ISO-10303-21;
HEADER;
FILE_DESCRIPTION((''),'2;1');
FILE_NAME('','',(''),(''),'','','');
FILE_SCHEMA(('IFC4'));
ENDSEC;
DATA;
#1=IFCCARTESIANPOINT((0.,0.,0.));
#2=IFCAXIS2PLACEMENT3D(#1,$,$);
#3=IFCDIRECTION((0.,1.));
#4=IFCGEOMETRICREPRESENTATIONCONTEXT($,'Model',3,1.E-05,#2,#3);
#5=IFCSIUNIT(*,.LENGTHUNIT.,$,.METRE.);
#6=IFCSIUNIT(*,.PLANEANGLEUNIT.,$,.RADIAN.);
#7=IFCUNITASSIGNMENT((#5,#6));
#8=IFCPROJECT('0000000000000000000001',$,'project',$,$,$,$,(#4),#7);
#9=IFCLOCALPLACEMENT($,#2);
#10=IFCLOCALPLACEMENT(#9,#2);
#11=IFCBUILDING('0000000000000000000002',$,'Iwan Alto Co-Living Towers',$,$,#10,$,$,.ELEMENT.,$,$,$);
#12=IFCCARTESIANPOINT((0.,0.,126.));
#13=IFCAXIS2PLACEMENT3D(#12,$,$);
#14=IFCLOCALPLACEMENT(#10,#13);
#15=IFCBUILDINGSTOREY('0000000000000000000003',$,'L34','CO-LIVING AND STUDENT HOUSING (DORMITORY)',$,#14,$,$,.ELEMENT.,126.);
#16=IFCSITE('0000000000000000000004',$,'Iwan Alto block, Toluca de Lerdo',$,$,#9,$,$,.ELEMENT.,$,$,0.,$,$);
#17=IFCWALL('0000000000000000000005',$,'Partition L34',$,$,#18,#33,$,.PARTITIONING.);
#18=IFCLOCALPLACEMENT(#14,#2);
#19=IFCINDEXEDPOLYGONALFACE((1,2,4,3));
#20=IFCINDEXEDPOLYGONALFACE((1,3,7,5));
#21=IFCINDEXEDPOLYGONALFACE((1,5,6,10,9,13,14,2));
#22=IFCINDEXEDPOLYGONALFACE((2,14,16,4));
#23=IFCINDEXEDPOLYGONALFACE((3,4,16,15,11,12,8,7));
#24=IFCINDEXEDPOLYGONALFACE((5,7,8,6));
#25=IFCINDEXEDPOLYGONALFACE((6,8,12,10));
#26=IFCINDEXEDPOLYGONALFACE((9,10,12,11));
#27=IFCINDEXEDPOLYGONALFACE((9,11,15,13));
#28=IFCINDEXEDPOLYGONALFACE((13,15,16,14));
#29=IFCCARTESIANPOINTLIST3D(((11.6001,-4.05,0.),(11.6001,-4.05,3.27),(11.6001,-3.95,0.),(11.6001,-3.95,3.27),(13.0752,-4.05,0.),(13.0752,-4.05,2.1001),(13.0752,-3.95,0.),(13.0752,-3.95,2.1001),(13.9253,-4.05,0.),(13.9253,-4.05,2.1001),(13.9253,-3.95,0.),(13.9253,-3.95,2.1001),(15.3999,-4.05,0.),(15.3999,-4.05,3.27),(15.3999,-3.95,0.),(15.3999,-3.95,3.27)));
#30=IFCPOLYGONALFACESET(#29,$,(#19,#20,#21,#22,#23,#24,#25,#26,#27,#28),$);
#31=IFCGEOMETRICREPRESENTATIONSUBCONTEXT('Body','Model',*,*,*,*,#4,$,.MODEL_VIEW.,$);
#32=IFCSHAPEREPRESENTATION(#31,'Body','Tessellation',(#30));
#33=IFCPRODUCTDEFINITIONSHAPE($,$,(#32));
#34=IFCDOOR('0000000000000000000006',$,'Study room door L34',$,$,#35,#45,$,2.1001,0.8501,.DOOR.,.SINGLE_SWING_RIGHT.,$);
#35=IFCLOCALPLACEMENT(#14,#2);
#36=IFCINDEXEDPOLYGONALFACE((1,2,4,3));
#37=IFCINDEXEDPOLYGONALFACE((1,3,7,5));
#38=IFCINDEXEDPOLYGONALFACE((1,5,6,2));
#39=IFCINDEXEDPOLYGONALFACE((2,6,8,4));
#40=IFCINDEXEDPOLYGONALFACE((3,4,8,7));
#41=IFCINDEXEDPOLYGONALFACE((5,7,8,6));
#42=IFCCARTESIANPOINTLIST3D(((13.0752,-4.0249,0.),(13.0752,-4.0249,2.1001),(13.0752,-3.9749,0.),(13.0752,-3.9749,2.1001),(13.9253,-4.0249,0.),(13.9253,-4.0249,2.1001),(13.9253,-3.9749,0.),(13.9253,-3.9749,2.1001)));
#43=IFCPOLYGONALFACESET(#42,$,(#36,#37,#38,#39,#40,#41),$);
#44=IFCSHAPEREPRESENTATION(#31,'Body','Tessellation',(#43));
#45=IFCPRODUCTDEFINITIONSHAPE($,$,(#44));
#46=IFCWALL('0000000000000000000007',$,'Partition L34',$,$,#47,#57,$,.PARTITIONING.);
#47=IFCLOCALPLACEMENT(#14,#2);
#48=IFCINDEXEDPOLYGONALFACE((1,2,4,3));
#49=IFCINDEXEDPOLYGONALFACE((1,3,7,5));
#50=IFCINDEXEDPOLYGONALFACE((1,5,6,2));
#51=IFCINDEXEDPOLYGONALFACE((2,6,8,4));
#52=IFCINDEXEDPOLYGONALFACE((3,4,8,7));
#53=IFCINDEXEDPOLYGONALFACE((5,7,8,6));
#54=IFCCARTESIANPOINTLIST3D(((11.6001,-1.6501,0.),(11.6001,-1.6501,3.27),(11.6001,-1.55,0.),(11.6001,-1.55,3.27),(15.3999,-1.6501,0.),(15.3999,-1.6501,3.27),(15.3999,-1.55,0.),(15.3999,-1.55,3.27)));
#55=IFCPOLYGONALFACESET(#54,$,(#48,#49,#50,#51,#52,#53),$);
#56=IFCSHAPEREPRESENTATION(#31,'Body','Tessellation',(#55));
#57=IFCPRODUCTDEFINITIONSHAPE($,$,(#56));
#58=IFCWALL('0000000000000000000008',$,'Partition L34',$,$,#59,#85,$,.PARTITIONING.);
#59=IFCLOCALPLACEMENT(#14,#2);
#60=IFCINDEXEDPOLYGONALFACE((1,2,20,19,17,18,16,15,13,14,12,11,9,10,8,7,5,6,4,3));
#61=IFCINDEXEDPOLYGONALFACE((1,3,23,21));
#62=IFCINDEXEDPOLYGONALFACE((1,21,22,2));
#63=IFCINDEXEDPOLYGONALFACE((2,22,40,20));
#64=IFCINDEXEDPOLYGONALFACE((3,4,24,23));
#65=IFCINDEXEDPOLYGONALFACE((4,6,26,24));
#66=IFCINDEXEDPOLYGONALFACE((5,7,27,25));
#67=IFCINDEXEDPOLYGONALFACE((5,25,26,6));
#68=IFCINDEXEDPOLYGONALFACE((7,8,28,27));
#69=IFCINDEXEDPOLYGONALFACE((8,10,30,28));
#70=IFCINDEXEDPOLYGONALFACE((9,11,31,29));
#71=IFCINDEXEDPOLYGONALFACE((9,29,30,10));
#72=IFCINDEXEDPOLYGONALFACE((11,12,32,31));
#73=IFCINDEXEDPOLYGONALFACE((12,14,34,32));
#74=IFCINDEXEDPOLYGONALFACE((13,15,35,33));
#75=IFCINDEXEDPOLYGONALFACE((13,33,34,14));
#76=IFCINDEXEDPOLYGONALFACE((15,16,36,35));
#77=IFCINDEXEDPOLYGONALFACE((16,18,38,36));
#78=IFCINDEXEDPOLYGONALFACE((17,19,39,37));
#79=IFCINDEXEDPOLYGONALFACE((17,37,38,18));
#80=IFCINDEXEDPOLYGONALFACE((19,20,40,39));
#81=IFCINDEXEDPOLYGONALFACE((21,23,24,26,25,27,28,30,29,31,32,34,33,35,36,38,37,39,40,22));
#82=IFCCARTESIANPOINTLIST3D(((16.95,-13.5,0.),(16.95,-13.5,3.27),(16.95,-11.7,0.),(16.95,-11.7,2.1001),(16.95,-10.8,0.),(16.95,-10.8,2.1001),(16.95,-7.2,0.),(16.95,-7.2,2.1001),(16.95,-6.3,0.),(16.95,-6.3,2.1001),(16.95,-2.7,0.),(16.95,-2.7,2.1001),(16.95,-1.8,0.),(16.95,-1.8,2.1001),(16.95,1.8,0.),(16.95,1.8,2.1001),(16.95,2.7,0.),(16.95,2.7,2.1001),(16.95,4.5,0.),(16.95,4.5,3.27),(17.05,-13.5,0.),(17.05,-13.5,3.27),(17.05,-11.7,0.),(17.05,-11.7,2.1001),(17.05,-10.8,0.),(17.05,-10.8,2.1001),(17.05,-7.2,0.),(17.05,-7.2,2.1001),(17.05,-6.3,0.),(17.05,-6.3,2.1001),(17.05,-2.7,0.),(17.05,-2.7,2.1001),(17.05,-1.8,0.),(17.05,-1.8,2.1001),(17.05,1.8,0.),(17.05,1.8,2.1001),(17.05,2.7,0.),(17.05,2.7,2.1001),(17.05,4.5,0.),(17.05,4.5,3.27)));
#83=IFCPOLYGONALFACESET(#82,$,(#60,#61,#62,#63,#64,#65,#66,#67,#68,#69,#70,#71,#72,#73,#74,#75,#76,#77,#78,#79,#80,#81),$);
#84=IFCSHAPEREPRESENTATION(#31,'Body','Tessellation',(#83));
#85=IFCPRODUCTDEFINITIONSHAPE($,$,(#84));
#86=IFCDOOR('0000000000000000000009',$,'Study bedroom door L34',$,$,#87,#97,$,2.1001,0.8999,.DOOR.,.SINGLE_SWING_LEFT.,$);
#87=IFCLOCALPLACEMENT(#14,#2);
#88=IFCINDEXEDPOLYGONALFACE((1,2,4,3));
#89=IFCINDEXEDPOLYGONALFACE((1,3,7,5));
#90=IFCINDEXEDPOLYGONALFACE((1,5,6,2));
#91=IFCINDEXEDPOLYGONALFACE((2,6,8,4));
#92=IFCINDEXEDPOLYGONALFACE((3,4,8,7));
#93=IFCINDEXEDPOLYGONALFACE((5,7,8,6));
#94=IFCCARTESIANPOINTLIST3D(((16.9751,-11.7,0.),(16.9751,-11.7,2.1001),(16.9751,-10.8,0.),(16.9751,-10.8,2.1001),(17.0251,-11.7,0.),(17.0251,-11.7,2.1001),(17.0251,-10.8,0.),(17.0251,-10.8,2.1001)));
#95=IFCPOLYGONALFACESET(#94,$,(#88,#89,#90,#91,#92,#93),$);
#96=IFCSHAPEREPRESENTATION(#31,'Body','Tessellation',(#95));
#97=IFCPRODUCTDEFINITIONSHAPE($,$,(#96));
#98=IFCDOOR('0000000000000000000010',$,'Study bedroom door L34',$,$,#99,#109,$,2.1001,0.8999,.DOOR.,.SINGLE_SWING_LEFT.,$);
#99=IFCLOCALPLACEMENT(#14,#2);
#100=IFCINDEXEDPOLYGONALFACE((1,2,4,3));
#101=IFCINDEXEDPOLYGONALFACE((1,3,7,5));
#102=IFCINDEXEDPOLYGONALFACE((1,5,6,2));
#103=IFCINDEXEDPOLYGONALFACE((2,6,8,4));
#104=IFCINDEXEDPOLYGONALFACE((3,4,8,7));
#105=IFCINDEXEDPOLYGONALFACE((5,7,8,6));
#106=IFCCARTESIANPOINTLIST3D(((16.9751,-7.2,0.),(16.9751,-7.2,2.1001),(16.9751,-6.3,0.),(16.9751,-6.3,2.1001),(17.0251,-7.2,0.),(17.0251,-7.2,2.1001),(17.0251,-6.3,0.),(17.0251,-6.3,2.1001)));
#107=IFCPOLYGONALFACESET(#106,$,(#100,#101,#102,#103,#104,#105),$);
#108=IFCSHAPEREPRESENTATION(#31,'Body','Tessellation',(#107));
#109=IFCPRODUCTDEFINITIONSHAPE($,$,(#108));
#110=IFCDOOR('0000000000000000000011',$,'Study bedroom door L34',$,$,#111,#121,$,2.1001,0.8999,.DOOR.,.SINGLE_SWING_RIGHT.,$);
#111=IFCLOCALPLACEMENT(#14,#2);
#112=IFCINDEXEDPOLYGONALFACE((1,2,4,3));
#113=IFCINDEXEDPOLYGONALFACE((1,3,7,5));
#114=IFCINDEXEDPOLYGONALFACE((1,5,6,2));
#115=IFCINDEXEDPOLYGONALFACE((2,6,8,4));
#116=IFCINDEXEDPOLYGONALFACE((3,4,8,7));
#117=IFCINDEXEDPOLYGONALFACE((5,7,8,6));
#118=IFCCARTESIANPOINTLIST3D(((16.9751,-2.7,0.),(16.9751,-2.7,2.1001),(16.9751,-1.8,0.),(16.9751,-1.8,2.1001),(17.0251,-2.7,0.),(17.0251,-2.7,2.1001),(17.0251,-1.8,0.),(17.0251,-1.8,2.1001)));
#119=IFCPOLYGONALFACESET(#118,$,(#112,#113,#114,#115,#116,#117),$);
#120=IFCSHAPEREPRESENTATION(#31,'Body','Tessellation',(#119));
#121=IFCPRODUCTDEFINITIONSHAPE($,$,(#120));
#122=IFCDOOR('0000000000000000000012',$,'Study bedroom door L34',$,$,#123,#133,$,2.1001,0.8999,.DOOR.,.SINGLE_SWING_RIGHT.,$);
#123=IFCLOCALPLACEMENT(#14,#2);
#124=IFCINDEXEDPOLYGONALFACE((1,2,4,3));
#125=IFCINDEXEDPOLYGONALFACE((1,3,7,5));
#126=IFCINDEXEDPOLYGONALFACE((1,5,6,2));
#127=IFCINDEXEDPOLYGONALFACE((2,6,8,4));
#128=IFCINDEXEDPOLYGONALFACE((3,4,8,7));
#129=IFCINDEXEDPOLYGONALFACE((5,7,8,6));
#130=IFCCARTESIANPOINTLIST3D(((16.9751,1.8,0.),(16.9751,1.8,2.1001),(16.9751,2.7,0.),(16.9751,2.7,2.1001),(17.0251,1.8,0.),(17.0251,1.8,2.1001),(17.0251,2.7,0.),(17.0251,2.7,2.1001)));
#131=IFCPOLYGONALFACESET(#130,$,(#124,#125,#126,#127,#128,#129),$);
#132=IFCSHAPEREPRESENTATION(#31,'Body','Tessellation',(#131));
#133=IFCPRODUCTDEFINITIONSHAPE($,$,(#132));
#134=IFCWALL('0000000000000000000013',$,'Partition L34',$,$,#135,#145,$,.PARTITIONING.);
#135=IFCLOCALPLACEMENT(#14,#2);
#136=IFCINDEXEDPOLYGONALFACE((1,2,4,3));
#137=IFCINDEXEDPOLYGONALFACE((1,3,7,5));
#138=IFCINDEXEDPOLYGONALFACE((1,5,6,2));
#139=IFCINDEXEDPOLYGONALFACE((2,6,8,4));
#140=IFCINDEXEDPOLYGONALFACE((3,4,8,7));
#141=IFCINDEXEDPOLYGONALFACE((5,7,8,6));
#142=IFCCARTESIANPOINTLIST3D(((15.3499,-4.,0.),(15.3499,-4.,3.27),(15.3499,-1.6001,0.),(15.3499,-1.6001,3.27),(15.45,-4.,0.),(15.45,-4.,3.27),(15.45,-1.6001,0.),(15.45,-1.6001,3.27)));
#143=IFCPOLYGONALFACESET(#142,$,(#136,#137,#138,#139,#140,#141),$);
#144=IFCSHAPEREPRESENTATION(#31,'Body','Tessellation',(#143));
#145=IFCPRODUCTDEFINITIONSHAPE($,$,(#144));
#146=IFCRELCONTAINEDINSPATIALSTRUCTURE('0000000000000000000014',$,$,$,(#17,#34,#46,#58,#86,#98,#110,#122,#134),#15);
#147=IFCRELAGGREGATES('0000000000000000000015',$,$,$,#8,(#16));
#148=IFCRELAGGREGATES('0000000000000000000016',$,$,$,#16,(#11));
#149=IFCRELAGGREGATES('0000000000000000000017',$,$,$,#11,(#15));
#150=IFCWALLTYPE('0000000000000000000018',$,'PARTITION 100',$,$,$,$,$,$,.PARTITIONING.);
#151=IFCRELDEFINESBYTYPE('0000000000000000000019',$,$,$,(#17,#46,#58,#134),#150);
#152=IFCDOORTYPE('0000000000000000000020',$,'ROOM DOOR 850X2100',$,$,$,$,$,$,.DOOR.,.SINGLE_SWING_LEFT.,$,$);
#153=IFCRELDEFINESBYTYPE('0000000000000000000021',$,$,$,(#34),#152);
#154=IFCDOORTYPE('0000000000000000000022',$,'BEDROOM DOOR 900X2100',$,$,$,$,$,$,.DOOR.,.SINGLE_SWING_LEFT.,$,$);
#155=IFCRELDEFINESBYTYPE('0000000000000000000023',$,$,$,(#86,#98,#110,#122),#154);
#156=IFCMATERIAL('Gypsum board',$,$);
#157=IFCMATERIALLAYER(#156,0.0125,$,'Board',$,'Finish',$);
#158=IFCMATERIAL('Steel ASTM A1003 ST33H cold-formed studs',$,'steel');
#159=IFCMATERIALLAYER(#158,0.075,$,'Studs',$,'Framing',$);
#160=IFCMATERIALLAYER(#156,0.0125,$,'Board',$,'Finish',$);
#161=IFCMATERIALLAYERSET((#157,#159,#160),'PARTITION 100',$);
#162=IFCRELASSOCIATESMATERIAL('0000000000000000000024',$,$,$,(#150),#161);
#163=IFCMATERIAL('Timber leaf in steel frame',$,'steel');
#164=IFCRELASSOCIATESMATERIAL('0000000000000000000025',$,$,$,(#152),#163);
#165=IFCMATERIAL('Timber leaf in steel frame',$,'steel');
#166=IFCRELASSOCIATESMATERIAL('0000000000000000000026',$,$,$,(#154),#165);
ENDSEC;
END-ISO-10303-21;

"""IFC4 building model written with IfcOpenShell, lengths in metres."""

from ifc_helpers import new_model, si_unit, direction, frame, frame_2d, origin, place, context, subcontext, project, spatial, rectangle, extrude, material, layer, layer_set, type_object, element, fill, save


model = new_model("IFC4")

# Units and contexts
model_context = context("Model", 3, precision=1e-05, world=origin(), true_north=direction((0.0, 1.0)))
body_context = subcontext(model_context, "Body", "Model", "MODEL_VIEW")
ifc_project = project(units=[si_unit("LENGTHUNIT", "METRE"), si_unit("PLANEANGLEUNIT", "RADIAN")], contexts=[model_context])

# Site, building, storey
site_placement = place(None, origin())
site = spatial("IfcSite", under=ifc_project, at=site_placement, Name="Iwan Alto block, Toluca de Lerdo", CompositionType="ELEMENT", RefElevation=0.0)
building_placement = place(site_placement, origin())
building = spatial("IfcBuilding", under=site, at=building_placement, Name="Iwan Alto Co-Living Towers", CompositionType="ELEMENT")
storey_placement = place(building_placement, frame((0.0, 0.0, 126.0)))
storey = spatial("IfcBuildingStorey", under=building, at=storey_placement, Name="L34", Description="CO-LIVING AND STUDENT HOUSING (DORMITORY)", CompositionType="ELEMENT", Elevation=126.0)

# Shared definitions
ifc_material_1 = material(Name="Gypsum board")
ifc_material_2 = material(Name="Steel ASTM A1003 ST33H cold-formed studs", Category="steel")

# Shared definitions
ifc_layer_1 = layer(ifc_material_1, 0.0125, Name="Board", Category="Finish")
ifc_layer_2 = layer(ifc_material_2, 0.075, Name="Studs", Category="Framing")
ifc_layer_3 = layer(ifc_material_1, 0.0125, Name="Board", Category="Finish")
ifc_layer_set_1 = layer_set([ifc_layer_1, ifc_layer_2, ifc_layer_3], Name="PARTITION 100")
wall_type_1 = type_object("IfcWallType", Name="PARTITION 100", PredefinedType="PARTITIONING", material=ifc_layer_set_1)
ifc_material_3 = material(Name="Timber leaf in steel frame", Category="steel")
door_type_1 = type_object("IfcDoorType", Name="ROOM DOOR 850X2100", OperationType="SINGLE_SWING_LEFT", PredefinedType="DOOR", material=ifc_material_3)

# Wall, opening, door
wall_1_placement = place(storey_placement, frame((11.6001, -4.0, 0.0), z_axis=(0.0, 0.0, 1.0), x_axis=(1.0, 0.0, 0.0)))
wall_1 = element("IfcWall", 1, at=wall_1_placement, inside=storey, type_object=wall_type_1, Name="Partition L34", PredefinedType="PARTITIONING", context=body_context, shape_type="SweptSolid", body=[
    extrude(rectangle(XDim=3.7998, YDim=0.1001, at=frame_2d((1.8999, 0.0))), origin(), (0.0, 0.0, 1.0), 3.27),
])
opening_1_placement = place(wall_1_placement, frame((1.4751, 0.0, 0.0)))
opening_1 = element("IfcOpeningElement", 2, at=opening_1_placement, cuts=wall_1, PredefinedType="OPENING", context=body_context, shape_type="SweptSolid", body=[
    extrude(rectangle(XDim=0.8501, YDim=2.1001, at=frame_2d((0.425, 1.05))), frame((0.0, 0.0601, 0.0), z_axis=(0.0, -1.0, 0.0), x_axis=(1.0, 0.0, 0.0)), (0.0, 0.0, 1.0), 0.1201),
])
door_1_placement = place(opening_1_placement, frame((0.8501, 0.0, 0.0), z_axis=(0.0, 0.0, 1.0), x_axis=(-1.0, 0.0, 0.0)))
door_1 = element("IfcDoor", 3, at=door_1_placement, inside=storey, type_object=door_type_1, Name="Study room door L34", OperationType="SINGLE_SWING_RIGHT", OverallHeight=2.1001, OverallWidth=0.8501, PredefinedType="DOOR", context=body_context, shape_type="SweptSolid", body=[
    extrude(rectangle(XDim=0.8501, YDim=2.1001, at=frame_2d((0.425, 1.05))), frame((0.0, 0.0249, 0.0), z_axis=(0.0, -1.0, 0.0), x_axis=(1.0, 0.0, 0.0)), (0.0, 0.0, 1.0), 0.05),
])
fill(opening_1, door_1)

# Wall
wall_2_placement = place(storey_placement, frame((11.6001, -1.6001, 0.0), z_axis=(0.0, 0.0, 1.0), x_axis=(1.0, 0.0, 0.0)))
element("IfcWall", 4, at=wall_2_placement, inside=storey, type_object=wall_type_1, Name="Partition L34", PredefinedType="PARTITIONING", context=body_context, shape_type="SweptSolid", body=[
    extrude(rectangle(XDim=3.7998, YDim=0.1001, at=frame_2d((1.8999, 0.0))), origin(), (0.0, 0.0, 1.0), 3.27),
])

# Wall, openings, doors
wall_3_placement = place(storey_placement, frame((17.0, -13.5, 0.0), z_axis=(0.0, 0.0, 1.0), x_axis=(0.0, 1.0, 0.0)))
wall_3 = element("IfcWall", 5, at=wall_3_placement, inside=storey, type_object=wall_type_1, Name="Partition L34", PredefinedType="PARTITIONING", context=body_context, shape_type="SweptSolid", body=[
    extrude(rectangle(XDim=18.0, YDim=0.1001, at=frame_2d((9.0, 0.0))), origin(), (0.0, 0.0, 1.0), 3.27),
])
opening_2_placement = place(wall_3_placement, frame((1.8, 0.0, 0.0)))
opening_2 = element("IfcOpeningElement", 6, at=opening_2_placement, cuts=wall_3, PredefinedType="OPENING", context=body_context, shape_type="SweptSolid", body=[
    extrude(rectangle(XDim=0.8999, YDim=2.1001, at=frame_2d((0.45, 1.05))), frame((0.0, 0.0601, 0.0), z_axis=(0.0, -1.0, 0.0), x_axis=(1.0, 0.0, 0.0)), (0.0, 0.0, 1.0), 0.1201),
])
opening_3_placement = place(wall_3_placement, frame((6.3, 0.0, 0.0)))
opening_3 = element("IfcOpeningElement", 7, at=opening_3_placement, cuts=wall_3, PredefinedType="OPENING", context=body_context, shape_type="SweptSolid", body=[
    extrude(rectangle(XDim=0.8999, YDim=2.1001, at=frame_2d((0.45, 1.05))), frame((0.0, 0.0601, 0.0), z_axis=(0.0, -1.0, 0.0), x_axis=(1.0, 0.0, 0.0)), (0.0, 0.0, 1.0), 0.1201),
])
opening_4_placement = place(wall_3_placement, frame((10.8, 0.0, 0.0)))
opening_4 = element("IfcOpeningElement", 8, at=opening_4_placement, cuts=wall_3, PredefinedType="OPENING", context=body_context, shape_type="SweptSolid", body=[
    extrude(rectangle(XDim=0.8999, YDim=2.1001, at=frame_2d((0.45, 1.05))), frame((0.0, 0.0601, 0.0), z_axis=(0.0, -1.0, 0.0), x_axis=(1.0, 0.0, 0.0)), (0.0, 0.0, 1.0), 0.1201),
])
opening_5_placement = place(wall_3_placement, frame((15.3, 0.0, 0.0)))
opening_5 = element("IfcOpeningElement", 9, at=opening_5_placement, cuts=wall_3, PredefinedType="OPENING", context=body_context, shape_type="SweptSolid", body=[
    extrude(rectangle(XDim=0.8999, YDim=2.1001, at=frame_2d((0.45, 1.05))), frame((0.0, 0.0601, 0.0), z_axis=(0.0, -1.0, 0.0), x_axis=(1.0, 0.0, 0.0)), (0.0, 0.0, 1.0), 0.1201),
])
ifc_material_4 = material(Name="Timber leaf in steel frame", Category="steel")
door_type_2 = type_object("IfcDoorType", Name="BEDROOM DOOR 900X2100", OperationType="SINGLE_SWING_LEFT", PredefinedType="DOOR", material=ifc_material_4)
door_2_placement = place(opening_2_placement, origin())
door_2 = element("IfcDoor", 10, at=door_2_placement, inside=storey, type_object=door_type_2, Name="Study bedroom door L34", OperationType="SINGLE_SWING_LEFT", OverallHeight=2.1001, OverallWidth=0.8999, PredefinedType="DOOR", context=body_context, shape_type="SweptSolid", body=[
    extrude(rectangle(XDim=0.8999, YDim=2.1001, at=frame_2d((0.45, 1.05))), frame((0.0, 0.0249, 0.0), z_axis=(0.0, -1.0, 0.0), x_axis=(1.0, 0.0, 0.0)), (0.0, 0.0, 1.0), 0.05),
])
fill(opening_2, door_2)
door_3_placement = place(opening_3_placement, origin())
door_3 = element("IfcDoor", 11, at=door_3_placement, inside=storey, type_object=door_type_2, Name="Study bedroom door L34", OperationType="SINGLE_SWING_LEFT", OverallHeight=2.1001, OverallWidth=0.8999, PredefinedType="DOOR", context=body_context, shape_type="SweptSolid", body=[
    extrude(rectangle(XDim=0.8999, YDim=2.1001, at=frame_2d((0.45, 1.05))), frame((0.0, 0.0249, 0.0), z_axis=(0.0, -1.0, 0.0), x_axis=(1.0, 0.0, 0.0)), (0.0, 0.0, 1.0), 0.05),
])
fill(opening_3, door_3)
door_4_placement = place(opening_4_placement, origin())
door_4 = element("IfcDoor", 12, at=door_4_placement, inside=storey, type_object=door_type_2, Name="Study bedroom door L34", OperationType="SINGLE_SWING_RIGHT", OverallHeight=2.1001, OverallWidth=0.8999, PredefinedType="DOOR", context=body_context, shape_type="SweptSolid", body=[
    extrude(rectangle(XDim=0.8999, YDim=2.1001, at=frame_2d((0.45, 1.05))), frame((0.0, 0.0249, 0.0), z_axis=(0.0, -1.0, 0.0), x_axis=(1.0, 0.0, 0.0)), (0.0, 0.0, 1.0), 0.05),
])
fill(opening_4, door_4)
door_5_placement = place(opening_5_placement, origin())
door_5 = element("IfcDoor", 13, at=door_5_placement, inside=storey, type_object=door_type_2, Name="Study bedroom door L34", OperationType="SINGLE_SWING_RIGHT", OverallHeight=2.1001, OverallWidth=0.8999, PredefinedType="DOOR", context=body_context, shape_type="SweptSolid", body=[
    extrude(rectangle(XDim=0.8999, YDim=2.1001, at=frame_2d((0.45, 1.05))), frame((0.0, 0.0249, 0.0), z_axis=(0.0, -1.0, 0.0), x_axis=(1.0, 0.0, 0.0)), (0.0, 0.0, 1.0), 0.05),
])
fill(opening_5, door_5)

# Wall
wall_4_placement = place(storey_placement, frame((15.3999, -4.0, 0.0), z_axis=(0.0, 0.0, 1.0), x_axis=(0.0, 1.0, 0.0)))
element("IfcWall", 14, at=wall_4_placement, inside=storey, type_object=wall_type_1, Name="Partition L34", PredefinedType="PARTITIONING", context=body_context, shape_type="SweptSolid", body=[
    extrude(rectangle(XDim=2.3999, YDim=0.1001, at=frame_2d((1.2, 0.0))), origin(), (0.0, 0.0, 1.0), 3.27),
])

save(model, "model.ifc")
